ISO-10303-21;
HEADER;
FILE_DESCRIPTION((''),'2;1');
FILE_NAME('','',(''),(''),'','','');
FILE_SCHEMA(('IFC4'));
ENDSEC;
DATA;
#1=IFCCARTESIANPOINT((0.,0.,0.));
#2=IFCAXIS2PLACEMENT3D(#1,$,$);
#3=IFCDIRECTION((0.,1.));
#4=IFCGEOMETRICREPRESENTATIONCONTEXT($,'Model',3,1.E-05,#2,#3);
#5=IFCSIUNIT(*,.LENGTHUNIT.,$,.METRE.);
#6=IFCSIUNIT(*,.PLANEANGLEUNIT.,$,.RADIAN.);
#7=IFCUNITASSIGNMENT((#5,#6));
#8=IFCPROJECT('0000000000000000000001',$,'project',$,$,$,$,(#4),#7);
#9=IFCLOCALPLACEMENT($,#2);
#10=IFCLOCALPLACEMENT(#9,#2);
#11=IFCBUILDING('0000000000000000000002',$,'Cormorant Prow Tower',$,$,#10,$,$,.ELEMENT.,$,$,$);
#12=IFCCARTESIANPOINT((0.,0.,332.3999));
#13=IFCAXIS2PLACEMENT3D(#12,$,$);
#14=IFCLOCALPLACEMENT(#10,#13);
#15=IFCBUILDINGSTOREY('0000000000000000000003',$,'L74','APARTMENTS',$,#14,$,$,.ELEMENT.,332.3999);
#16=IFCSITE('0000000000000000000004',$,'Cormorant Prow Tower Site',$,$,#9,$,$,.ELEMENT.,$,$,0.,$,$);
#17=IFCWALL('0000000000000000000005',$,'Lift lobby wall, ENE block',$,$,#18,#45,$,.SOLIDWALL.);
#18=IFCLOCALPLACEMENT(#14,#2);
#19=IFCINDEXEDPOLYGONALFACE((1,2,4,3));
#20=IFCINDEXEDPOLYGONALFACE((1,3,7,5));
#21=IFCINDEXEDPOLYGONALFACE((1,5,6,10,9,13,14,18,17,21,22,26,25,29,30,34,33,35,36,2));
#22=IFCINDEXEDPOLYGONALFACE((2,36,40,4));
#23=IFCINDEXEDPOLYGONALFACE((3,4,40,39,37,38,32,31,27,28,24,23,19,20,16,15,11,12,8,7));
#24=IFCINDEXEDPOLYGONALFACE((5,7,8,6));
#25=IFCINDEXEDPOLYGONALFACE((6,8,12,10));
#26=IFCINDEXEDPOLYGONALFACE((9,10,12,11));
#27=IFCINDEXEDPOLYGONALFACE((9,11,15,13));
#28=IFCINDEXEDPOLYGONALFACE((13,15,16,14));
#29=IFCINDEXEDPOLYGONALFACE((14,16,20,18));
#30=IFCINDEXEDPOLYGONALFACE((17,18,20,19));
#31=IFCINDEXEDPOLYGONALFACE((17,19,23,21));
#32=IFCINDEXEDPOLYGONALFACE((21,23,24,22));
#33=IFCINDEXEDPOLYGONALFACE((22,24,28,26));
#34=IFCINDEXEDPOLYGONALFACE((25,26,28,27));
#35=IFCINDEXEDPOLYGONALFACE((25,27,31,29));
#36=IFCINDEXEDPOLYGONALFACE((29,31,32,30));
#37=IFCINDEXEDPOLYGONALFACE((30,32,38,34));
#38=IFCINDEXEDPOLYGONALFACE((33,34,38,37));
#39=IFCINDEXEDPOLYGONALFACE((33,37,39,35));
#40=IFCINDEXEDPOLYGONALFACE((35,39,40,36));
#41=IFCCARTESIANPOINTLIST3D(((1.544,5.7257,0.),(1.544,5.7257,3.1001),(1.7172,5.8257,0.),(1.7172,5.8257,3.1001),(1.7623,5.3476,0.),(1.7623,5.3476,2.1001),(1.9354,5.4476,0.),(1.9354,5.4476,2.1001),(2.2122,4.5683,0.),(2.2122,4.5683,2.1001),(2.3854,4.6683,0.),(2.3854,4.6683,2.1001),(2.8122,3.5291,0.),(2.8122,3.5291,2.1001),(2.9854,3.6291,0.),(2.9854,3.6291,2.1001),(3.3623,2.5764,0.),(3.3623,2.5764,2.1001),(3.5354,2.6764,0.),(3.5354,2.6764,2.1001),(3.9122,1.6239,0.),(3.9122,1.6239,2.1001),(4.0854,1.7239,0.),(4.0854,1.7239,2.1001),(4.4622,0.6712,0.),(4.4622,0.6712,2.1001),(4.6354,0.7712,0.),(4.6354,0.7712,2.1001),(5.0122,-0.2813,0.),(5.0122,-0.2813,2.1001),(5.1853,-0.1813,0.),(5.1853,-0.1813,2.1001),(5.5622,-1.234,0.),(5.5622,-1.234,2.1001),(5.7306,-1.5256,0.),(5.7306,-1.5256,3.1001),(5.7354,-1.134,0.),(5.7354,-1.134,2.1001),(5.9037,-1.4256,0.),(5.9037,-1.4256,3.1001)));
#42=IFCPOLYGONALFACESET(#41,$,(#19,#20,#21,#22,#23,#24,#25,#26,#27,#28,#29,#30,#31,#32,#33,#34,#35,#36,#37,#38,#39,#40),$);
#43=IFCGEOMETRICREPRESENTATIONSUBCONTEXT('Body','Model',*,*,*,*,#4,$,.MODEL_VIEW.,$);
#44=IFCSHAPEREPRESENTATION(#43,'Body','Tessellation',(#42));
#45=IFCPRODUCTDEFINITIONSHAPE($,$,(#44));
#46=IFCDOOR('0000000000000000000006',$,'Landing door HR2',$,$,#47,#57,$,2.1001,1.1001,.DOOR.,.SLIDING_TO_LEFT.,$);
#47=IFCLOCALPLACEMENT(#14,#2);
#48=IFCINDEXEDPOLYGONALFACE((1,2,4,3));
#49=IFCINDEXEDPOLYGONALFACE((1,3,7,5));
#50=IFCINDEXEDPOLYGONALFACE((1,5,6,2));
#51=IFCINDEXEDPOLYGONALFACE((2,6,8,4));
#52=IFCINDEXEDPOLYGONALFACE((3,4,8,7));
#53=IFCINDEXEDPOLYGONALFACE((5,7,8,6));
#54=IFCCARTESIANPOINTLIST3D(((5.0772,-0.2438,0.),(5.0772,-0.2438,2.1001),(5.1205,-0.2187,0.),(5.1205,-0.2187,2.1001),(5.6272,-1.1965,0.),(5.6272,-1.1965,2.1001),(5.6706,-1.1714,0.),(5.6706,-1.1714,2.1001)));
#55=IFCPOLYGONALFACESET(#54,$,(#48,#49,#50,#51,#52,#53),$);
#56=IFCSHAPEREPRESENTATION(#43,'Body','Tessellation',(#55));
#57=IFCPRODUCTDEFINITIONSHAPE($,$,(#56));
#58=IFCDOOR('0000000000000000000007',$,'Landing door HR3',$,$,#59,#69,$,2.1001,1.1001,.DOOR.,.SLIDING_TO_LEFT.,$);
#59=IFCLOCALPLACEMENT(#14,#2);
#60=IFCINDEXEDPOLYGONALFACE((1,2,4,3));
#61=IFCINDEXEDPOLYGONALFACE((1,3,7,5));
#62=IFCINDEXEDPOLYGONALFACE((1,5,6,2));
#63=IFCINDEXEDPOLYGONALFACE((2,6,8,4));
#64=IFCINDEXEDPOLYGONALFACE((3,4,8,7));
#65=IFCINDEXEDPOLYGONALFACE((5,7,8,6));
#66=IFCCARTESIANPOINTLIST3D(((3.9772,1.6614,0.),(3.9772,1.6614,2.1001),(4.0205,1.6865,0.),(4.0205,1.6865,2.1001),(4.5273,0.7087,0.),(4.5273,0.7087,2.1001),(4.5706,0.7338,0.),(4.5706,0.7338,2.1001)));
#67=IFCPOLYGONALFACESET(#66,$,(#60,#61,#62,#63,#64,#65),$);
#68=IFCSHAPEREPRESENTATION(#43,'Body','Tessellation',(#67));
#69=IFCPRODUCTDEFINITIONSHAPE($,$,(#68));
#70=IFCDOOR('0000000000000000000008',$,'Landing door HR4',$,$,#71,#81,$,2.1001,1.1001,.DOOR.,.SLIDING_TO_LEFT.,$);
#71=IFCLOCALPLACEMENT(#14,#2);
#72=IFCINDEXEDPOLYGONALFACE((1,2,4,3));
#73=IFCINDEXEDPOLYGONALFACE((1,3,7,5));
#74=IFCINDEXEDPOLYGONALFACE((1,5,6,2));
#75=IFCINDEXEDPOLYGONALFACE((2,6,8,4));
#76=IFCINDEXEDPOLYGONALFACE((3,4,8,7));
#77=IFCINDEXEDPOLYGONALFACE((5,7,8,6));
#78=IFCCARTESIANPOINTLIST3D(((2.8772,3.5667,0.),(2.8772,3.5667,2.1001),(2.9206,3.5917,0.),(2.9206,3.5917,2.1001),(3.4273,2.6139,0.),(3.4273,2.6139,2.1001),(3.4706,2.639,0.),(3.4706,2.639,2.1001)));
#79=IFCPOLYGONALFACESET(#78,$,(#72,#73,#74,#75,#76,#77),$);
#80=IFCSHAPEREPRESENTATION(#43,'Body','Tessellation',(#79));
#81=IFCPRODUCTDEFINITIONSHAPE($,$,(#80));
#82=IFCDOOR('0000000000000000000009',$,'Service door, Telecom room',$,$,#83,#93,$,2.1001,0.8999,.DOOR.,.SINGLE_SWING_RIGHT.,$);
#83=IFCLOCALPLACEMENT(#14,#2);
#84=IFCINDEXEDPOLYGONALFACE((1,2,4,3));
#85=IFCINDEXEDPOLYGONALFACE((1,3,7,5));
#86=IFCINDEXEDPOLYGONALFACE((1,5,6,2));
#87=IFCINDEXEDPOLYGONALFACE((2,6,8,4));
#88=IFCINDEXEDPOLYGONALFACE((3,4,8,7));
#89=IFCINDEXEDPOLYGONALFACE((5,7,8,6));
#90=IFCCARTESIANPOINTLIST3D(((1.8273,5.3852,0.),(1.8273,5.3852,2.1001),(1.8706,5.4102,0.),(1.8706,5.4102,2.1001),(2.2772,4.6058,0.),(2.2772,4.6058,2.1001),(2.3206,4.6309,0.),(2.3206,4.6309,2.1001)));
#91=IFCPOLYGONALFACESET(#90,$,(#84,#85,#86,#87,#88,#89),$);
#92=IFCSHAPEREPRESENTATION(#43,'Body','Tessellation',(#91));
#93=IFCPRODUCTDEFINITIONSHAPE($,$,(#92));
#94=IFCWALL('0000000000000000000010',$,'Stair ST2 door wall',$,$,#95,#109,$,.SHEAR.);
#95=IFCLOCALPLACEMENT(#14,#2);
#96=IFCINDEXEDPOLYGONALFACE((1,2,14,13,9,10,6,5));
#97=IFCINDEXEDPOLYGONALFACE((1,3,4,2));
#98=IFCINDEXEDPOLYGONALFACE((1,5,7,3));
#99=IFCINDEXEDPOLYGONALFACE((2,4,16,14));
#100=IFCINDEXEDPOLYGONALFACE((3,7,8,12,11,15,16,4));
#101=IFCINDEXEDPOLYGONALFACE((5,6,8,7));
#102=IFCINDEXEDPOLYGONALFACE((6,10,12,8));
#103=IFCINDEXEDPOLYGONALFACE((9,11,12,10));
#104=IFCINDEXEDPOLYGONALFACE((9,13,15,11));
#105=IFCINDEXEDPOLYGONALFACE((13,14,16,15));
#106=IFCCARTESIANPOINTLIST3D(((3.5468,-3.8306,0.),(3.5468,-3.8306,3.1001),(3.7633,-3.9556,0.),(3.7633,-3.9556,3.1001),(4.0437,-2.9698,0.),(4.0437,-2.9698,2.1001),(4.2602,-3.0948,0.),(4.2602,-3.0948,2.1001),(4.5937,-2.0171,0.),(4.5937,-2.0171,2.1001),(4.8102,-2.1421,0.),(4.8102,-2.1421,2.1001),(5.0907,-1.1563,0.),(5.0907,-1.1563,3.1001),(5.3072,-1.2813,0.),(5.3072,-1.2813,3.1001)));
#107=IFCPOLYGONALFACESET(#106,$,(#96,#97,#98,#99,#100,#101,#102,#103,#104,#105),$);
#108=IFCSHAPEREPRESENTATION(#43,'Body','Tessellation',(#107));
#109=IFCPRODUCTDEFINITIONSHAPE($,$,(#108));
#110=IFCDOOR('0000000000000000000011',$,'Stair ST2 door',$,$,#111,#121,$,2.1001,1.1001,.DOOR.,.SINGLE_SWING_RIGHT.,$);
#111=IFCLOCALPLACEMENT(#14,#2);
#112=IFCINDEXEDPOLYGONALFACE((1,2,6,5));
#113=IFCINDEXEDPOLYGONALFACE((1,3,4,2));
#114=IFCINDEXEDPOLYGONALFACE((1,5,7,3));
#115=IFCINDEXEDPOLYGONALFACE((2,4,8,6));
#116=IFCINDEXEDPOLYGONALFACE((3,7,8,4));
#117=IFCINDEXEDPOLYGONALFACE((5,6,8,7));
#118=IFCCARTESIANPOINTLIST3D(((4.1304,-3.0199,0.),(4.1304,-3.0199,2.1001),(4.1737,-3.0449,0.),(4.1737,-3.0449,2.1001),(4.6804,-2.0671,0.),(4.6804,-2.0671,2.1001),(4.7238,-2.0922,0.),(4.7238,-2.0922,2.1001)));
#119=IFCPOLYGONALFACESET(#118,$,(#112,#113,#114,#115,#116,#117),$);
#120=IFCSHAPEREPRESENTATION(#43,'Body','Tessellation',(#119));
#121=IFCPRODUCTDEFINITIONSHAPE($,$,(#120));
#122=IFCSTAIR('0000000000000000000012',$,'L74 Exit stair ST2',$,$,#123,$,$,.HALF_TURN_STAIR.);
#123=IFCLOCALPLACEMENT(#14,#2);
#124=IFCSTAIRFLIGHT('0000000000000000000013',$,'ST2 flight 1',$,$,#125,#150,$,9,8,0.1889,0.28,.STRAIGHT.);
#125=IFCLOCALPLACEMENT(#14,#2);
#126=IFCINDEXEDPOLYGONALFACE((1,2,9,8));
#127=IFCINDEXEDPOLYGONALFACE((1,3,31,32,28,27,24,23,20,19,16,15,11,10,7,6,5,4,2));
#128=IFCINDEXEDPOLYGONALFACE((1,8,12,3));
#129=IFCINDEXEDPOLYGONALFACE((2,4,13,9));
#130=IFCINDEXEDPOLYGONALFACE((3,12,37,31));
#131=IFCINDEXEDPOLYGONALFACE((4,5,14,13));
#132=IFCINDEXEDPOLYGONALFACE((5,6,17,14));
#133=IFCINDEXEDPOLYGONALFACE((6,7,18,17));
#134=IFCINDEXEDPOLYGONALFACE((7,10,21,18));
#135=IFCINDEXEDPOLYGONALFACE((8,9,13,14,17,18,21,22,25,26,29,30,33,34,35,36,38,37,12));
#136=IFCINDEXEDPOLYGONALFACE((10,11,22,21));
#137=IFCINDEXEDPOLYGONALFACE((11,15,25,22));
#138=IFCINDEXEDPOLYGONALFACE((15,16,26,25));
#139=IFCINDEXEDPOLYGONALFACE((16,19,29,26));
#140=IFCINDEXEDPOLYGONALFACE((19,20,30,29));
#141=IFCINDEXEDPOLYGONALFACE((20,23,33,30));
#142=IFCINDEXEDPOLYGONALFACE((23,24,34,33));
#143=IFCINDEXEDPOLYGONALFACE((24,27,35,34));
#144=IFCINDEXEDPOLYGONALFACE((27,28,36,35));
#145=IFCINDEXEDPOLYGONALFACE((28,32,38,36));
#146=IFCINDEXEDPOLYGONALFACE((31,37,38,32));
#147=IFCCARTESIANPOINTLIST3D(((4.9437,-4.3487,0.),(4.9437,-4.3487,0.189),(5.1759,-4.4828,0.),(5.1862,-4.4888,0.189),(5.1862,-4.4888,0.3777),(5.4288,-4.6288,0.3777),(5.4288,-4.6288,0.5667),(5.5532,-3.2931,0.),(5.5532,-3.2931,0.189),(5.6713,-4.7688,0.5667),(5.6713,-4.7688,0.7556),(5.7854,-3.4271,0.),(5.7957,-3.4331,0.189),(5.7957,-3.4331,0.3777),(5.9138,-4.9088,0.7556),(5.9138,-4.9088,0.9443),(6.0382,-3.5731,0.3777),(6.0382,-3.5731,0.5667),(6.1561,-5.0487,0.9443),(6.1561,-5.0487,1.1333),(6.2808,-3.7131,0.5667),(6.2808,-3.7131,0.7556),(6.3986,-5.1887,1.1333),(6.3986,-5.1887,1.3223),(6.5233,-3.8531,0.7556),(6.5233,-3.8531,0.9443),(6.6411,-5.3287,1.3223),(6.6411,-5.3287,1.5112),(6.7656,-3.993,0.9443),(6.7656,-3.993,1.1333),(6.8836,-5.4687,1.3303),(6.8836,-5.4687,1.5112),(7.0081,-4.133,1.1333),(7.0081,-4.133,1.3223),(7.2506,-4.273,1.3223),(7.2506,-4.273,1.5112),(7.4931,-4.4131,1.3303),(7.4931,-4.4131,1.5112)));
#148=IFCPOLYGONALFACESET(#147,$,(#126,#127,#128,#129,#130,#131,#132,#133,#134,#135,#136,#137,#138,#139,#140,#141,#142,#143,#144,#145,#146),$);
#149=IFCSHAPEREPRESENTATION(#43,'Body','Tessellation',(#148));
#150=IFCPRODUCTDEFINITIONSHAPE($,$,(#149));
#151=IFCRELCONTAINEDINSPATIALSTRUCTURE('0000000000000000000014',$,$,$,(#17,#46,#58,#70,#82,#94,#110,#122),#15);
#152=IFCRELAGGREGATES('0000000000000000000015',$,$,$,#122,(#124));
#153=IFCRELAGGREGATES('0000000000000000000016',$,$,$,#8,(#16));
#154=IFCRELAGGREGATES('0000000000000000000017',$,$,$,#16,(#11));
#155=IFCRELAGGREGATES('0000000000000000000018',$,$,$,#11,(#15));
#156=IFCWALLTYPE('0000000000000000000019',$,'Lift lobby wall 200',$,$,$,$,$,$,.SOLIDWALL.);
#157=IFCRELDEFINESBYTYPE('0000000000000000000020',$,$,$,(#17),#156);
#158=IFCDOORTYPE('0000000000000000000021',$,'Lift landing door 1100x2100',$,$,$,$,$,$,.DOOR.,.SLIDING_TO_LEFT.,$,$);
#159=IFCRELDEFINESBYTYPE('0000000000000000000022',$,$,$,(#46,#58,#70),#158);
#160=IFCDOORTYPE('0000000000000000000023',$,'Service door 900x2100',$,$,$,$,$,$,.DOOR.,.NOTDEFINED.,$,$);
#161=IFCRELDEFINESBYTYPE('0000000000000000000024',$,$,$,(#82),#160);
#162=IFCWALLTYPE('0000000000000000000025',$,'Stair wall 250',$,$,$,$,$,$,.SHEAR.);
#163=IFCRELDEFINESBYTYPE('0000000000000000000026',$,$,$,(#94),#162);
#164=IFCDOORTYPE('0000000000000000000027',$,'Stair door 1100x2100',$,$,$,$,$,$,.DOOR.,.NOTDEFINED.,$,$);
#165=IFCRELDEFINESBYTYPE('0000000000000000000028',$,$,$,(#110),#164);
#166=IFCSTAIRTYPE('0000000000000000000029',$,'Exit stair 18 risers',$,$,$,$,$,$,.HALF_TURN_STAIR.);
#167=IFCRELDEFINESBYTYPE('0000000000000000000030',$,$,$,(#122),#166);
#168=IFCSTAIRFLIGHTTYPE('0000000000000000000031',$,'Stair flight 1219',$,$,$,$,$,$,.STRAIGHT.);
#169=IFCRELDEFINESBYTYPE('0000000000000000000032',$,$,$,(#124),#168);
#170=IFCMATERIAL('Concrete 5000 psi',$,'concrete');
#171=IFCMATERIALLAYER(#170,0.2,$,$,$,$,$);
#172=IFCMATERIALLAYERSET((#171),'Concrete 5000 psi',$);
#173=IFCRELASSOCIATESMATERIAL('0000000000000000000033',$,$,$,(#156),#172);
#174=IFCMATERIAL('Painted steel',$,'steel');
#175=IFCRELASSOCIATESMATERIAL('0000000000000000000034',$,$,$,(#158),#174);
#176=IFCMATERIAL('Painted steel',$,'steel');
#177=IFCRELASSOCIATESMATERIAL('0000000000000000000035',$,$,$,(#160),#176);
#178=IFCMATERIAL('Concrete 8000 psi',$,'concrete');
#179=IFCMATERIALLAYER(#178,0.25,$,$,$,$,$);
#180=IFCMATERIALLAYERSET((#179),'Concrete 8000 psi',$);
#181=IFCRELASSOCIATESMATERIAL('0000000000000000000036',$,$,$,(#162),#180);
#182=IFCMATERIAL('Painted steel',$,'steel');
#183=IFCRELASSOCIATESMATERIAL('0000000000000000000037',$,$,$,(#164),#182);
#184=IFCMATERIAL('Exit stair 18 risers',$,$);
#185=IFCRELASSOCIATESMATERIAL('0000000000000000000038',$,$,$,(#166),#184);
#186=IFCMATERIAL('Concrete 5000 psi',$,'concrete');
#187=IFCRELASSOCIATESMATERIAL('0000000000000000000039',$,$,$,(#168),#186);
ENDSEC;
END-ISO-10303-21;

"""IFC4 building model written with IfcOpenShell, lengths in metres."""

from ifc_helpers import new_model, si_unit, direction, frame, frame_2d, origin, place, context, subcontext, project, spatial, polyline, rectangle, outline, extrude, material, layer, layer_set, type_object, element, fill, aggregate, save


model = new_model("IFC4")

# Units and contexts
model_context = context("Model", 3, precision=1e-05, world=origin(), true_north=direction((0.0, 1.0)))
body_context = subcontext(model_context, "Body", "Model", "MODEL_VIEW")
ifc_project = project(units=[si_unit("LENGTHUNIT", "METRE"), si_unit("PLANEANGLEUNIT", "RADIAN")], contexts=[model_context])

# Site, building, storey
site_placement = place(None, origin())
site = spatial("IfcSite", under=ifc_project, at=site_placement, Name="Cormorant Prow Tower Site", CompositionType="ELEMENT", RefElevation=0.0)
building_placement = place(site_placement, origin())
building = spatial("IfcBuilding", under=site, at=building_placement, Name="Cormorant Prow Tower", CompositionType="ELEMENT")
storey_placement = place(building_placement, frame((0.0, 0.0, 332.3999)))
storey = spatial("IfcBuildingStorey", under=building, at=storey_placement, Name="L74", Description="APARTMENTS", CompositionType="ELEMENT", Elevation=332.3999)

# Wall, openings, doors
ifc_material_1 = material(Name="Concrete 5000 psi", Category="concrete")
ifc_layer_1 = layer(ifc_material_1, 0.2)
ifc_layer_set_1 = layer_set([ifc_layer_1], Name="Concrete 5000 psi")
wall_type_1 = type_object("IfcWallType", Name="Lift lobby wall 200", PredefinedType="SOLIDWALL", material=ifc_layer_set_1)
wall_1_placement = place(storey_placement, frame((5.8171, -1.4756, 0.0), z_axis=(0.0, 0.0, 1.0), x_axis=(-0.500003, 0.866024, 0.0)))
wall_1 = element("IfcWall", 1, at=wall_1_placement, inside=storey, type_object=wall_type_1, Name="Lift lobby wall, ENE block", PredefinedType="SOLIDWALL", context=body_context, shape_type="SweptSolid", body=[
    extrude(rectangle(XDim=8.373, YDim=0.2, at=frame_2d((4.1865, 0.0))), origin(), (0.0, 0.0, 1.0), 3.1001),
])
opening_1_placement = place(wall_1_placement, frame((0.3367, 0.0, 0.0)))
opening_1 = element("IfcOpeningElement", 2, at=opening_1_placement, cuts=wall_1, PredefinedType="OPENING", context=body_context, shape_type="SweptSolid", body=[
    extrude(rectangle(XDim=1.1001, YDim=2.1001, at=frame_2d((0.55, 1.05))), frame((0.0, 0.1099, 0.0), z_axis=(0.0, -1.0, 0.0), x_axis=(1.0, 0.0, 0.0)), (0.0, 0.0, 1.0), 0.22),
])
opening_2_placement = place(wall_1_placement, frame((2.5366, 0.0, 0.0)))
opening_2 = element("IfcOpeningElement", 3, at=opening_2_placement, cuts=wall_1, PredefinedType="OPENING", context=body_context, shape_type="SweptSolid", body=[
    extrude(rectangle(XDim=1.1001, YDim=2.1001, at=frame_2d((0.55, 1.05))), frame((0.0, 0.1099, 0.0), z_axis=(0.0, -1.0, 0.0), x_axis=(1.0, 0.0, 0.0)), (0.0, 0.0, 1.0), 0.22),
])
opening_3_placement = place(wall_1_placement, frame((4.7366, 0.0, 0.0)))
opening_3 = element("IfcOpeningElement", 4, at=opening_3_placement, cuts=wall_1, PredefinedType="OPENING", context=body_context, shape_type="SweptSolid", body=[
    extrude(rectangle(XDim=1.1001, YDim=2.1001, at=frame_2d((0.55, 1.05))), frame((0.0, 0.1099, 0.0), z_axis=(0.0, -1.0, 0.0), x_axis=(1.0, 0.0, 0.0)), (0.0, 0.0, 1.0), 0.22),
])
opening_4_placement = place(wall_1_placement, frame((7.0366, 0.0, 0.0)))
opening_4 = element("IfcOpeningElement", 5, at=opening_4_placement, cuts=wall_1, PredefinedType="OPENING", context=body_context, shape_type="SweptSolid", body=[
    extrude(rectangle(XDim=0.8999, YDim=2.1001, at=frame_2d((0.45, 1.05))), frame((0.0, 0.1099, 0.0), z_axis=(0.0, -1.0, 0.0), x_axis=(1.0, 0.0, 0.0)), (0.0, 0.0, 1.0), 0.22),
])
ifc_material_2 = material(Name="Painted steel", Category="steel")
door_type_1 = type_object("IfcDoorType", Name="Lift landing door 1100x2100", OperationType="SLIDING_TO_LEFT", PredefinedType="DOOR", material=ifc_material_2)
door_1_placement = place(opening_1_placement, origin())
door_1 = element("IfcDoor", 6, at=door_1_placement, inside=storey, type_object=door_type_1, Name="Landing door HR2", OperationType="SLIDING_TO_LEFT", OverallHeight=2.1001, OverallWidth=1.1001, PredefinedType="DOOR", context=body_context, shape_type="SweptSolid", body=[
    extrude(rectangle(XDim=1.1001, YDim=2.1001, at=frame_2d((0.55, 1.05))), frame((0.0, 0.0249, 0.0), z_axis=(0.0, -1.0, 0.0), x_axis=(1.0, 0.0, 0.0)), (0.0, 0.0, 1.0), 0.05),
])
fill(opening_1, door_1)
door_2_placement = place(opening_2_placement, origin())
door_2 = element("IfcDoor", 7, at=door_2_placement, inside=storey, type_object=door_type_1, Name="Landing door HR3", OperationType="SLIDING_TO_LEFT", OverallHeight=2.1001, OverallWidth=1.1001, PredefinedType="DOOR", context=body_context, shape_type="SweptSolid", body=[
    extrude(rectangle(XDim=1.1001, YDim=2.1001, at=frame_2d((0.55, 1.05))), frame((0.0, 0.0249, 0.0), z_axis=(0.0, -1.0, 0.0), x_axis=(1.0, 0.0, 0.0)), (0.0, 0.0, 1.0), 0.05),
])
fill(opening_2, door_2)
door_3_placement = place(opening_3_placement, origin())
door_3 = element("IfcDoor", 8, at=door_3_placement, inside=storey, type_object=door_type_1, Name="Landing door HR4", OperationType="SLIDING_TO_LEFT", OverallHeight=2.1001, OverallWidth=1.1001, PredefinedType="DOOR", context=body_context, shape_type="SweptSolid", body=[
    extrude(rectangle(XDim=1.1001, YDim=2.1001, at=frame_2d((0.55, 1.05))), frame((0.0, 0.0249, 0.0), z_axis=(0.0, -1.0, 0.0), x_axis=(1.0, 0.0, 0.0)), (0.0, 0.0, 1.0), 0.05),
])
fill(opening_3, door_3)
ifc_material_3 = material(Name="Painted steel", Category="steel")
door_type_2 = type_object("IfcDoorType", Name="Service door 900x2100", OperationType="NOTDEFINED", PredefinedType="DOOR", material=ifc_material_3)
door_4_placement = place(opening_4_placement, origin())
door_4 = element("IfcDoor", 9, at=door_4_placement, inside=storey, type_object=door_type_2, Name="Service door, Telecom room", OperationType="SINGLE_SWING_RIGHT", OverallHeight=2.1001, OverallWidth=0.8999, PredefinedType="DOOR", context=body_context, shape_type="SweptSolid", body=[
    extrude(rectangle(XDim=0.8999, YDim=2.1001, at=frame_2d((0.45, 1.05))), frame((0.0, 0.0249, 0.0), z_axis=(0.0, -1.0, 0.0), x_axis=(1.0, 0.0, 0.0)), (0.0, 0.0, 1.0), 0.05),
])
fill(opening_4, door_4)

# Wall, opening, door
ifc_material_4 = material(Name="Concrete 8000 psi", Category="concrete")
ifc_layer_2 = layer(ifc_material_4, 0.25)
ifc_layer_set_2 = layer_set([ifc_layer_2], Name="Concrete 8000 psi")
wall_type_2 = type_object("IfcWallType", Name="Stair wall 250", PredefinedType="SHEAR", material=ifc_layer_set_2)
wall_2_placement = place(storey_placement, frame((3.655, -3.8931, 0.0), z_axis=(0.0, 0.0, 1.0), x_axis=(0.499983, 0.866035, 0.0)))
wall_2 = element("IfcWall", 10, at=wall_2_placement, inside=storey, type_object=wall_type_2, Name="Stair ST2 door wall", PredefinedType="SHEAR", context=body_context, shape_type="SweptSolid", body=[
    extrude(rectangle(XDim=3.0879, YDim=0.25, at=frame_2d((1.5439, 0.0))), origin(), (0.0, 0.0, 1.0), 3.1001),
])
opening_5_placement = place(wall_2_placement, frame((0.9939, 0.0, 0.0)))
opening_5 = element("IfcOpeningElement", 11, at=opening_5_placement, cuts=wall_2, PredefinedType="OPENING", context=body_context, shape_type="SweptSolid", body=[
    extrude(rectangle(XDim=1.1001, YDim=2.1001, at=frame_2d((0.55, 1.05))), frame((0.0, 0.135, 0.0), z_axis=(0.0, -1.0, 0.0), x_axis=(1.0, 0.0, 0.0)), (0.0, 0.0, 1.0), 0.27),
])
ifc_material_5 = material(Name="Painted steel", Category="steel")
door_type_3 = type_object("IfcDoorType", Name="Stair door 1100x2100", OperationType="NOTDEFINED", PredefinedType="DOOR", material=ifc_material_5)
door_5_placement = place(opening_5_placement, origin())
door_5 = element("IfcDoor", 12, at=door_5_placement, inside=storey, type_object=door_type_3, Name="Stair ST2 door", OperationType="SINGLE_SWING_RIGHT", OverallHeight=2.1001, OverallWidth=1.1001, PredefinedType="DOOR", context=body_context, shape_type="SweptSolid", body=[
    extrude(rectangle(XDim=1.1001, YDim=2.1001, at=frame_2d((0.55, 1.05))), frame((0.0, 0.0249, 0.0), z_axis=(0.0, -1.0, 0.0), x_axis=(1.0, 0.0, 0.0)), (0.0, 0.0, 1.0), 0.05),
])
fill(opening_5, door_5)

# Stair, stair flight
ifc_material_6 = material(Name="Exit stair 18 risers")
stair_type = type_object("IfcStairType", Name="Exit stair 18 risers", PredefinedType="HALF_TURN_STAIR", material=ifc_material_6)
stair_placement = place(storey_placement, origin())
stair = element("IfcStair", 13, at=stair_placement, inside=storey, type_object=stair_type, Name="L74 Exit stair ST2", PredefinedType="HALF_TURN_STAIR")
ifc_material_7 = material(Name="Concrete 5000 psi", Category="concrete")
stair_flight_type = type_object("IfcStairFlightType", Name="Stair flight 1219", PredefinedType="STRAIGHT", material=ifc_material_7)
stair_flight_1_placement = place(storey_placement, frame((5.2485, -3.8208, 0.0), z_axis=(0.0, 0.0, 1.0), x_axis=(0.866025, -0.5, 0.0)))
stair_flight_1 = element("IfcStairFlight", 14, at=stair_flight_1_placement, type_object=stair_flight_type, Name="ST2 flight 1", NumberOfRisers=9, NumberOfTreads=8, PredefinedType="STRAIGHT", RiserHeight=0.1889, TreadLength=0.28, context=body_context, shape_type="SweptSolid", body=[
    extrude(outline(polyline([(0.0, 0.0), (0.0, 0.189), (0.28, 0.189), (0.28, 0.3777), (0.5601, 0.3777), (0.5601, 0.5667), (0.8401, 0.5667), (0.8401, 0.7556), (1.1201, 0.7556), (1.1201, 0.9443), (1.3999, 0.9443), (1.3999, 1.1333), (1.6799, 1.1333), (1.6799, 1.3223), (1.96, 1.3223), (1.96, 1.5112), (2.24, 1.5112), (2.24, 1.7), (2.24, 1.3303), (0.2681, 0.0), (0.0, 0.0)])), frame((0.0, 0.6094, 0.0), z_axis=(0.0, -1.0, 0.0), x_axis=(1.0, 0.0, 0.0)), (0.0, 0.0, 1.0), 1.219),
])
aggregate(stair, [stair_flight_1])

save(model, "model.ifc")
